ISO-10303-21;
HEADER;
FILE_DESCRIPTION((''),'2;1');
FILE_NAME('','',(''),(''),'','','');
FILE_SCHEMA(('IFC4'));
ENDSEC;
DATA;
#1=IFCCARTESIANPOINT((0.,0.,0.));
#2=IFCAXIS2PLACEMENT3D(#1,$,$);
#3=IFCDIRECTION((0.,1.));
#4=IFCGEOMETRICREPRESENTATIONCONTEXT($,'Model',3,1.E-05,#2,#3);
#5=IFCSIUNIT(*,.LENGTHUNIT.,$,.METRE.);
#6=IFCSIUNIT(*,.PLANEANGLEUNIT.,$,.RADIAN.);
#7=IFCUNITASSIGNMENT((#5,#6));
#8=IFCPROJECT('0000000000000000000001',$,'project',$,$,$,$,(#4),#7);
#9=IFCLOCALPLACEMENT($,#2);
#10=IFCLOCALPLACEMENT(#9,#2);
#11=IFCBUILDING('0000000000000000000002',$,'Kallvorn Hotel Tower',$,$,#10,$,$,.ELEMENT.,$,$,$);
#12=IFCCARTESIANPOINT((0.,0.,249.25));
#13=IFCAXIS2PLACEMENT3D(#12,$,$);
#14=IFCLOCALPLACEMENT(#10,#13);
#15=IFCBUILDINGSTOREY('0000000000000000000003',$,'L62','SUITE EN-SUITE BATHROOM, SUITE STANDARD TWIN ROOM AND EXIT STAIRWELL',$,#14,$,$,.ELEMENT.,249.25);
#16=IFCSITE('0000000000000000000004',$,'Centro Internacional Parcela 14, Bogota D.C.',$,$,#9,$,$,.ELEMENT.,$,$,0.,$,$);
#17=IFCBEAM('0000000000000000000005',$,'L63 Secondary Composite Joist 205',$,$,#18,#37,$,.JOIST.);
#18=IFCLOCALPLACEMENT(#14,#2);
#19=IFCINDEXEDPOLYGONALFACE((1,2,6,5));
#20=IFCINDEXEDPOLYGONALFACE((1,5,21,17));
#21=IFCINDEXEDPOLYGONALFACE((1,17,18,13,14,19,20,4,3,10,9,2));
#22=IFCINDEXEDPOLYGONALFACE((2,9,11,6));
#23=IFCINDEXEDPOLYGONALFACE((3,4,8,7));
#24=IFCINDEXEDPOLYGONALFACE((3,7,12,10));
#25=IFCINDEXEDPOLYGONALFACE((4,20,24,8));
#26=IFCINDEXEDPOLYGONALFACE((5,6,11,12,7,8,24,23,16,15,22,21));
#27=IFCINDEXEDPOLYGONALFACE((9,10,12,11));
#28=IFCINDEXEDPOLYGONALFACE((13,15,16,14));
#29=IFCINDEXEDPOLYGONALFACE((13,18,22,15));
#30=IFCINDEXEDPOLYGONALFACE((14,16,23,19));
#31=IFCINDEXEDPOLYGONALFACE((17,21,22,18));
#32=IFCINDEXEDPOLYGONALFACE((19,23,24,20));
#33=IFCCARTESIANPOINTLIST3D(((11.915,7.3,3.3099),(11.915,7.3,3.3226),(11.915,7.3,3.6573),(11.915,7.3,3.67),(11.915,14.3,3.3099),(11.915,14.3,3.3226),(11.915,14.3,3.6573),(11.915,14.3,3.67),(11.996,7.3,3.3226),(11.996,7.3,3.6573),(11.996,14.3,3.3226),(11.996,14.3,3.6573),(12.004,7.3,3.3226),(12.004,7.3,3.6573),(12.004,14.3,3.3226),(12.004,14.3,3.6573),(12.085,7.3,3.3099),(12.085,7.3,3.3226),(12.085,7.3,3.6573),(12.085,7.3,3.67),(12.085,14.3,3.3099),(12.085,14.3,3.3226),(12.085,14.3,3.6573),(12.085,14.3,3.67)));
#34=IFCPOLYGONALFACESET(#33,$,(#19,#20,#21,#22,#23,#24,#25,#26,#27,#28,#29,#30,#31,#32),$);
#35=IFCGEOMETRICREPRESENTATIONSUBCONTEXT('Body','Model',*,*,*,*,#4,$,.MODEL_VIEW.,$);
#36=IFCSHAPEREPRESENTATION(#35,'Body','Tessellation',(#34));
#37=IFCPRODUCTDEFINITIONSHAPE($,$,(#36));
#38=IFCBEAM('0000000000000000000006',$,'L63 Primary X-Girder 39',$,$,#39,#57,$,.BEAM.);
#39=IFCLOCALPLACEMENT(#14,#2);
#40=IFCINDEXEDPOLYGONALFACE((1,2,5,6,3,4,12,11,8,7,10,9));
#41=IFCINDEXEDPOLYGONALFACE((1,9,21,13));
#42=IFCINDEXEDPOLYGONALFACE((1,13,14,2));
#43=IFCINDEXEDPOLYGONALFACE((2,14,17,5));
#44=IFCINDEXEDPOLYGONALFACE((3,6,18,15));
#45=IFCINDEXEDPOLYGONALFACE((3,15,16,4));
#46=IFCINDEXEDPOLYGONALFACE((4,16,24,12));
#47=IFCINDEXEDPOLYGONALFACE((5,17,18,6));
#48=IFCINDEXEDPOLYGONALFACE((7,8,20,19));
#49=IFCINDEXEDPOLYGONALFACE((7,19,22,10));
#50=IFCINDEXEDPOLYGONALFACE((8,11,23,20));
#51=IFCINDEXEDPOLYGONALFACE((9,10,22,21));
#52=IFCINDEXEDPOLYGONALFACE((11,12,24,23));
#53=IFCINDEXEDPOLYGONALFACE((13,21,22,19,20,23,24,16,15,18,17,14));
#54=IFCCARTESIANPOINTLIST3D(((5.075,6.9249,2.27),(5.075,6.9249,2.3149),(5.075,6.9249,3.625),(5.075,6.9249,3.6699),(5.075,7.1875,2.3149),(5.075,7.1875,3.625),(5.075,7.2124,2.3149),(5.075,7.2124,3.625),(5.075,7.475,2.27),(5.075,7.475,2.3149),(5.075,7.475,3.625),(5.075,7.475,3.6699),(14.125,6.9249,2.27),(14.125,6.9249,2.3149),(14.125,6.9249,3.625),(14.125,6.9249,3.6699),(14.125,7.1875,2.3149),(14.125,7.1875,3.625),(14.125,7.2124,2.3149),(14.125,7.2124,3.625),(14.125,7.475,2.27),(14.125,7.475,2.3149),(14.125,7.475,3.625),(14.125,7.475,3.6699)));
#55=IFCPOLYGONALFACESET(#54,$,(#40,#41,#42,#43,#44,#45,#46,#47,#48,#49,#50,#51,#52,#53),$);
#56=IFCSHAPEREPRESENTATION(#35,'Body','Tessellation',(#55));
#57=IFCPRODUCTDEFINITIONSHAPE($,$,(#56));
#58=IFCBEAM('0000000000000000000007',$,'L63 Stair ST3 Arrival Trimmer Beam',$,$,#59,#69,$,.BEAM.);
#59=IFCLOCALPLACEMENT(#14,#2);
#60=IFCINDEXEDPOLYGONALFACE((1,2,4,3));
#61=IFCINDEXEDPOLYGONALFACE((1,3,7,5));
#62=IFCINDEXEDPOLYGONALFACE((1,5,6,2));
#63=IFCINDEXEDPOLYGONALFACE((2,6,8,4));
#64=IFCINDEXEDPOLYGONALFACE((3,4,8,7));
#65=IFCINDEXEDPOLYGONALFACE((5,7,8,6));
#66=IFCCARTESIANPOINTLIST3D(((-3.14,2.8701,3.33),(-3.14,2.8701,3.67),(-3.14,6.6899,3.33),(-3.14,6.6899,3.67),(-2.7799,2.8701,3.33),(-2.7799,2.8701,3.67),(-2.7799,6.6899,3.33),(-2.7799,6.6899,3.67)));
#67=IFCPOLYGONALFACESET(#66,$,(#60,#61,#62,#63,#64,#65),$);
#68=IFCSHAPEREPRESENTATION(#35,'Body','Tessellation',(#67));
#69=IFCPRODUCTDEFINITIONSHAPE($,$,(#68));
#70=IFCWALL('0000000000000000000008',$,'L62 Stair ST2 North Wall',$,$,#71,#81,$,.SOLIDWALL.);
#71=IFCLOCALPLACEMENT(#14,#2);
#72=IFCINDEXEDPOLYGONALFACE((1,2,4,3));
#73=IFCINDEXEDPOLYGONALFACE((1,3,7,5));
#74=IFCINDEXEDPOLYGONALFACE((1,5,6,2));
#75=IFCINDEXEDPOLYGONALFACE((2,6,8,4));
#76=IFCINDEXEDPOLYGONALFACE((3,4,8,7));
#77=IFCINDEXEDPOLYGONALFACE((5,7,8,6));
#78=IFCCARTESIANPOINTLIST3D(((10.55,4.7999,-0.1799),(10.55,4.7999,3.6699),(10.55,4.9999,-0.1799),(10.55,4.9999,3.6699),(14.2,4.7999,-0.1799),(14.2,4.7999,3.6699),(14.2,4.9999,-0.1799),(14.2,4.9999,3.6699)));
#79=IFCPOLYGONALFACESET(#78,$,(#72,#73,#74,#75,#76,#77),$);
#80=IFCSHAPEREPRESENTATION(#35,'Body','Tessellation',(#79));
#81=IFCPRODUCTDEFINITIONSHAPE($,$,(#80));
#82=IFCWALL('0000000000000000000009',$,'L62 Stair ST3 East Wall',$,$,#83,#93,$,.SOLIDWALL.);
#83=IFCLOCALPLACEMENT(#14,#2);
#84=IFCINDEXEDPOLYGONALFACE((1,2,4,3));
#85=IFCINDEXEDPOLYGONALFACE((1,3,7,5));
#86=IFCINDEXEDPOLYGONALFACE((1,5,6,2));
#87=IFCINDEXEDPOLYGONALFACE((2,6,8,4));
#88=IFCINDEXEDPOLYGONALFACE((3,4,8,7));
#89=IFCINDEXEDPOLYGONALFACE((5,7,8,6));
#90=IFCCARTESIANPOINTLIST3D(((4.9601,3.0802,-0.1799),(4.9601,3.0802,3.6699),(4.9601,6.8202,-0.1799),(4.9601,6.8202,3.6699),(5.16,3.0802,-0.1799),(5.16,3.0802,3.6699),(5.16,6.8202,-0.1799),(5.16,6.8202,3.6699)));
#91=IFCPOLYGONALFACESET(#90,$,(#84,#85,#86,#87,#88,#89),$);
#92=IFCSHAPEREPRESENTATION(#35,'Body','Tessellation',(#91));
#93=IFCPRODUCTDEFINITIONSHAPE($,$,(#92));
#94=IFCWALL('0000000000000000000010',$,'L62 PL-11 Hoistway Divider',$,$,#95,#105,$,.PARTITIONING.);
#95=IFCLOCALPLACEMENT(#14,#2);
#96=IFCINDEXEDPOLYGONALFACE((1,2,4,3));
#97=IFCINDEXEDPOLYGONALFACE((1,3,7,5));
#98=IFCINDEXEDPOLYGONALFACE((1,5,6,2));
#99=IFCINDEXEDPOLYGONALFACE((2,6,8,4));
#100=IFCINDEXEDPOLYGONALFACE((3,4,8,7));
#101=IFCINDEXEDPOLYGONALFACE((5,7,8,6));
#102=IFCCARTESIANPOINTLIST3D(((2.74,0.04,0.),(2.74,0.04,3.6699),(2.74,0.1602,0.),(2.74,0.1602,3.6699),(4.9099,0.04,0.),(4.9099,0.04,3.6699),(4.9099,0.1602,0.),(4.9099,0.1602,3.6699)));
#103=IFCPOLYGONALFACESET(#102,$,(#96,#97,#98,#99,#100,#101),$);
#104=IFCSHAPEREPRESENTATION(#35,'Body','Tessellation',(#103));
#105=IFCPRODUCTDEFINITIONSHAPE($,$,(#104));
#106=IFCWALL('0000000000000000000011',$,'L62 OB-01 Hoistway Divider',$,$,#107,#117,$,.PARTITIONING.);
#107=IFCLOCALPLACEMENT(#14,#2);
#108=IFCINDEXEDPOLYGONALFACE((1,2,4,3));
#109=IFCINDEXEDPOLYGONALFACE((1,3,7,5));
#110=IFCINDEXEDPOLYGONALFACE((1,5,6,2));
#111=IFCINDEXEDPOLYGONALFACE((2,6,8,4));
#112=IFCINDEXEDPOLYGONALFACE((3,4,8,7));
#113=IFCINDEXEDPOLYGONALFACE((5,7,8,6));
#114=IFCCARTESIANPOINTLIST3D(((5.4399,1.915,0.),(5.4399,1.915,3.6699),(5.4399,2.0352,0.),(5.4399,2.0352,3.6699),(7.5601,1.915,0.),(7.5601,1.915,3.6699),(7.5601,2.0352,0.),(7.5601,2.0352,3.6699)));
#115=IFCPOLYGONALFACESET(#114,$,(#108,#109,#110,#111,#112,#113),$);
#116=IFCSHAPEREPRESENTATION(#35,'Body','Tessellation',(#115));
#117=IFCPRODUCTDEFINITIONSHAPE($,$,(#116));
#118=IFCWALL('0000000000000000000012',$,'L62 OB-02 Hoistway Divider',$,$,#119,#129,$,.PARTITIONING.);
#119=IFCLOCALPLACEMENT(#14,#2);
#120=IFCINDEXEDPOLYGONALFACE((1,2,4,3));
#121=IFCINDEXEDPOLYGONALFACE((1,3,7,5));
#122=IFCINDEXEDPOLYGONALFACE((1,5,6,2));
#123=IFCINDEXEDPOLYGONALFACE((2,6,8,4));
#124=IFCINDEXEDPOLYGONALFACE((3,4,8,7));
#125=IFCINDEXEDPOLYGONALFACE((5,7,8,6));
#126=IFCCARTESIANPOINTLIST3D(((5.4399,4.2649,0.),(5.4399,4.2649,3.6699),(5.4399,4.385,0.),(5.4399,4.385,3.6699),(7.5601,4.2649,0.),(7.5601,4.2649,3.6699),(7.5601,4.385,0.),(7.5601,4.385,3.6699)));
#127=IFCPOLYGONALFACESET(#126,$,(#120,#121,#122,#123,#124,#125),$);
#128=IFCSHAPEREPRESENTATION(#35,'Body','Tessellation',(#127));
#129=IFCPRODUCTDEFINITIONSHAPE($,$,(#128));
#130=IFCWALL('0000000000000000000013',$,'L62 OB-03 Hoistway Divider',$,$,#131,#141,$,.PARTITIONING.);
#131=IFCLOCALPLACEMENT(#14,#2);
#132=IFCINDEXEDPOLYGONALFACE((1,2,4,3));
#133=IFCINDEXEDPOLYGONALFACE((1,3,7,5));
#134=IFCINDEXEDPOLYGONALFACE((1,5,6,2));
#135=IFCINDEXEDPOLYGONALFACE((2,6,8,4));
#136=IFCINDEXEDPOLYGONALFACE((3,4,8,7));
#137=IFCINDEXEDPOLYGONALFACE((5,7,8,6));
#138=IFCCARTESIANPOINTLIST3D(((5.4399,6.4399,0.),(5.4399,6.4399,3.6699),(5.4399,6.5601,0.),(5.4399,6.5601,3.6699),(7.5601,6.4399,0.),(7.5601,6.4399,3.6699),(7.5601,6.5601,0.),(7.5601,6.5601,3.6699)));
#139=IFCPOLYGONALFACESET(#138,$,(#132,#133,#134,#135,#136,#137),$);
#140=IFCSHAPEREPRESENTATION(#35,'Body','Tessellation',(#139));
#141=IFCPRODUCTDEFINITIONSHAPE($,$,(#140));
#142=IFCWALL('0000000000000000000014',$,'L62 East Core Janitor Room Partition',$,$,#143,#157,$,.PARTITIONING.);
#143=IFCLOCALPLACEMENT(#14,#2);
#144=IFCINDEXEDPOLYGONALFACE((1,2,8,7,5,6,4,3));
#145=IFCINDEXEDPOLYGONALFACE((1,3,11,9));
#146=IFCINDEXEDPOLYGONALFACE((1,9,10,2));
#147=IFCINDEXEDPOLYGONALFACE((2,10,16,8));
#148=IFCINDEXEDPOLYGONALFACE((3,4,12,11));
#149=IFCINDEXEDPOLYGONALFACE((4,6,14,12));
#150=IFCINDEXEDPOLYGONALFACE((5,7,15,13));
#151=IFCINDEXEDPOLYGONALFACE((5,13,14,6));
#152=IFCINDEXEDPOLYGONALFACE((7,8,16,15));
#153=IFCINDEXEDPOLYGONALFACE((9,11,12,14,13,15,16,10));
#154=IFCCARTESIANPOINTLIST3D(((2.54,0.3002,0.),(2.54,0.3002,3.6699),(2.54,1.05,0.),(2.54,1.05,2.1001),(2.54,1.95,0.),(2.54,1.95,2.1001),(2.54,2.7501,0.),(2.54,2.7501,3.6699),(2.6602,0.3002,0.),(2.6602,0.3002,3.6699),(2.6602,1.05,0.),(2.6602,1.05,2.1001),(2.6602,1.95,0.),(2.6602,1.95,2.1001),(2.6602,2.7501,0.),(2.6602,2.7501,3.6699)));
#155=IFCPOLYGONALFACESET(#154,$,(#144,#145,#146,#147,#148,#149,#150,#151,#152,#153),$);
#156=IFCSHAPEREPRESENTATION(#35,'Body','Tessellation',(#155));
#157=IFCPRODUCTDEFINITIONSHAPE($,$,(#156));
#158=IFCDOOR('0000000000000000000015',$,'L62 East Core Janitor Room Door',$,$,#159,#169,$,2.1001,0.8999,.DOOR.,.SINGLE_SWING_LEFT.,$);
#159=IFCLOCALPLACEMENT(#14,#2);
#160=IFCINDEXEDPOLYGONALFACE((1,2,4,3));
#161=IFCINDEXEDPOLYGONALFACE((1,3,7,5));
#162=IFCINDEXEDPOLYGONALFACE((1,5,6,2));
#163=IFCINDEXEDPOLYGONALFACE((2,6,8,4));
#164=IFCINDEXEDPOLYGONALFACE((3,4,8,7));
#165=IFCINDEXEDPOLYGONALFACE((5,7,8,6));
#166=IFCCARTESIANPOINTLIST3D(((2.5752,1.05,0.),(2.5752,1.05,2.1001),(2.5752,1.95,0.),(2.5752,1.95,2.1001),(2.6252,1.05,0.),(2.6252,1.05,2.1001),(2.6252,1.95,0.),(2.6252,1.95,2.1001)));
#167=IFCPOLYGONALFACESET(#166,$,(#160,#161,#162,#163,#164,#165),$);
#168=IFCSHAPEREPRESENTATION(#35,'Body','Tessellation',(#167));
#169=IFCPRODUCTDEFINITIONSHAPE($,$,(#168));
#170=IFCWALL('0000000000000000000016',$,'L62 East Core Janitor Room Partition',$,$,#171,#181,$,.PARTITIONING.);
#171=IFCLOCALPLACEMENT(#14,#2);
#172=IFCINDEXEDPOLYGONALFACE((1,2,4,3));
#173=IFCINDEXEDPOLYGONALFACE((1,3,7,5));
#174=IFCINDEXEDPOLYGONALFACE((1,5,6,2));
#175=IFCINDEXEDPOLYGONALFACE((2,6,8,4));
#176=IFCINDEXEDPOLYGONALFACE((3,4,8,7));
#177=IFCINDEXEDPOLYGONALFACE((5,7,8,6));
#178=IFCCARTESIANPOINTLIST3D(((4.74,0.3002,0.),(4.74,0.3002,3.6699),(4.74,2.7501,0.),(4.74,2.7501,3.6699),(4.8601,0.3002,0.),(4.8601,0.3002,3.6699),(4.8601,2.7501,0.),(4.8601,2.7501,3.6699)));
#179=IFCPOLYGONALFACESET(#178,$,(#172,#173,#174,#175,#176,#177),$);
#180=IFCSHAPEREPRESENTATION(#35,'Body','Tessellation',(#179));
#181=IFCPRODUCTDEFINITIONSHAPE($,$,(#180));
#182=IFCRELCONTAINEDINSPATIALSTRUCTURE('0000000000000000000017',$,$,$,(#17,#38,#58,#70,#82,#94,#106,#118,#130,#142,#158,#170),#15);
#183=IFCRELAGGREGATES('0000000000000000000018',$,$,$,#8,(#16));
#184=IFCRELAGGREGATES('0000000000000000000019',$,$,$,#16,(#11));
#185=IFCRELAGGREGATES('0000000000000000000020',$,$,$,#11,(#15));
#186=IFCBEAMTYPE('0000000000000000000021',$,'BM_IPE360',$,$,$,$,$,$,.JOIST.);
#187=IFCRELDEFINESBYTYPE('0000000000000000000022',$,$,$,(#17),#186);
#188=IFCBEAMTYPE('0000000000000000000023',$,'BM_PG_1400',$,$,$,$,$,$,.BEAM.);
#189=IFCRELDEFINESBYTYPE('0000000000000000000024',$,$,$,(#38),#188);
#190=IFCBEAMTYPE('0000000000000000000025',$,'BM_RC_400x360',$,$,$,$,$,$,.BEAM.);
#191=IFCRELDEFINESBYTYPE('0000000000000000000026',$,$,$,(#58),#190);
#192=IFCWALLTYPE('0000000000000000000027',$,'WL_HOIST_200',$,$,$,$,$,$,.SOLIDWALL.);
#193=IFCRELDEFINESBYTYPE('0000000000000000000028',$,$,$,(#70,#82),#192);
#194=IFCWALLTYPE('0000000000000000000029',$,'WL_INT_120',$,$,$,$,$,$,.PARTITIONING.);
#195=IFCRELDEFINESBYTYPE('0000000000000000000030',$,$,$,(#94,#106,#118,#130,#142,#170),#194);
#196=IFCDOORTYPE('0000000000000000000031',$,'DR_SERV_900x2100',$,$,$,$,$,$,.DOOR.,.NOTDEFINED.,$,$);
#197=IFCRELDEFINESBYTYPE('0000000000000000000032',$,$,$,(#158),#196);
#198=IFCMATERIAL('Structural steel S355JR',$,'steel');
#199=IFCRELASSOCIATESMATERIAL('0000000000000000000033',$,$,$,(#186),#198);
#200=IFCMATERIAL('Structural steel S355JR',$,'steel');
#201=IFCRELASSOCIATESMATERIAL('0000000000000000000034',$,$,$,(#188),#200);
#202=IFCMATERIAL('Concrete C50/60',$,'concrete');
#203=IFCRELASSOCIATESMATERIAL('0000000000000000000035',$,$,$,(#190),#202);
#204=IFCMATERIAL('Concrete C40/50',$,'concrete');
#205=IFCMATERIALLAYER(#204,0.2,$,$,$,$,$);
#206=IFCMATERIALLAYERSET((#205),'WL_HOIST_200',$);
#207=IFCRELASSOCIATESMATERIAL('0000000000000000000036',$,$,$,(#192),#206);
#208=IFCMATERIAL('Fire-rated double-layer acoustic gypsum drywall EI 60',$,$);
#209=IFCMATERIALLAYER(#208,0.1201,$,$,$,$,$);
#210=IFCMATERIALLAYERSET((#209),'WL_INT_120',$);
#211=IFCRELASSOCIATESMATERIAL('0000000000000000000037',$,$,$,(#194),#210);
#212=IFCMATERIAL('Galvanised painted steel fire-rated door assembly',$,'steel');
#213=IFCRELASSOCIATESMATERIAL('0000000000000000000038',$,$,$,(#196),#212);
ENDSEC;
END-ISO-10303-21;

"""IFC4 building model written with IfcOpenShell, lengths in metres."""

from ifc_helpers import new_model, si_unit, direction, frame, frame_2d, origin, origin_2d, place, context, subcontext, project, spatial, rectangle, i_section, extrude, material, layer, layer_set, material_profile, profile_set, type_object, element, fill, save


model = new_model("IFC4")

# Units and contexts
model_context = context("Model", 3, precision=1e-05, world=origin(), true_north=direction((0.0, 1.0)))
body_context = subcontext(model_context, "Body", "Model", "MODEL_VIEW")
ifc_project = project(units=[si_unit("LENGTHUNIT", "METRE"), si_unit("PLANEANGLEUNIT", "RADIAN")], contexts=[model_context])

# Site, building, storey
site_placement = place(None, origin())
site = spatial("IfcSite", under=ifc_project, at=site_placement, Name="Centro Internacional Parcela 14, Bogota D.C.", CompositionType="ELEMENT", RefElevation=0.0)
building_placement = place(site_placement, origin())
building = spatial("IfcBuilding", under=site, at=building_placement, Name="Kallvorn Hotel Tower", CompositionType="ELEMENT")
storey_placement = place(building_placement, frame((0.0, 0.0, 249.25)))
storey = spatial("IfcBuildingStorey", under=building, at=storey_placement, Name="L62", Description="SUITE EN-SUITE BATHROOM, SUITE STANDARD TWIN ROOM AND EXIT STAIRWELL", CompositionType="ELEMENT", Elevation=249.25)

# Beams
ifc_material_1 = material(Name="Structural steel S355JR", Category="steel")
ifc_material_profile_1 = material_profile(ifc_material_1, i_section(OverallWidth=0.1699, OverallDepth=0.3601, WebThickness=0.0081, FlangeThickness=0.0127, at=origin_2d()), Name="IPE 360")
ifc_profile_set_1 = profile_set([ifc_material_profile_1], Name="Structural steel S355JR")
beam_type_1 = type_object("IfcBeamType", Name="BM_IPE360", PredefinedType="JOIST", material=ifc_profile_set_1)
for number, where, z_axis, x_axis, name in (
    (1, (12.0, 7.3, 3.49), (0.0, 1.0, 0.0), (-1.0, 0.0, 0.0), "L63 Secondary Composite Joist 205"),
):
    element("IfcBeam", number, at=place(storey_placement, frame(where, z_axis=z_axis, x_axis=x_axis)), inside=storey, type_object=beam_type_1, Name=name, PredefinedType="JOIST", context=body_context, shape_type="SweptSolid", body=[
        extrude(i_section(OverallWidth=0.1699, OverallDepth=0.3601, WebThickness=0.0081, FlangeThickness=0.0127, at=origin_2d()), origin(), (0.0, 0.0, 1.0), 7.0),
    ])
ifc_material_2 = material(Name="Structural steel S355JR", Category="steel")
ifc_material_profile_2 = material_profile(ifc_material_2, i_section(OverallWidth=0.55, OverallDepth=1.3999, WebThickness=0.0249, FlangeThickness=0.0449, at=origin_2d()), Name="PG 1400x550x25x45")
ifc_profile_set_2 = profile_set([ifc_material_profile_2], Name="Structural steel S355JR")
beam_type_2 = type_object("IfcBeamType", Name="BM_PG_1400", PredefinedType="BEAM", material=ifc_profile_set_2)
beam_1_placement = place(storey_placement, frame((5.075, 7.2, 2.97), z_axis=(1.0, 0.0, 0.0), x_axis=(0.0, 1.0, 0.0)))
element("IfcBeam", 2, at=beam_1_placement, inside=storey, type_object=beam_type_2, Name="L63 Primary X-Girder 39", PredefinedType="BEAM", context=body_context, shape_type="SweptSolid", body=[
    extrude(i_section(OverallWidth=0.55, OverallDepth=1.3999, WebThickness=0.0249, FlangeThickness=0.0449, at=origin_2d()), origin(), (0.0, 0.0, 1.0), 9.05),
])
ifc_material_3 = material(Name="Concrete C50/60", Category="concrete")
ifc_material_profile_3 = material_profile(ifc_material_3, rectangle(XDim=0.3601, YDim=0.3401, at=origin_2d()), Name="RC 360x340")
ifc_profile_set_3 = profile_set([ifc_material_profile_3], Name="Concrete C50/60")
beam_type_3 = type_object("IfcBeamType", Name="BM_RC_400x360", PredefinedType="BEAM", material=ifc_profile_set_3)
beam_2_placement = place(storey_placement, frame((-2.96, 2.8701, 3.5), z_axis=(0.0, 1.0, 0.0), x_axis=(-1.0, 0.0, 0.0)))
element("IfcBeam", 3, at=beam_2_placement, inside=storey, type_object=beam_type_3, Name="L63 Stair ST3 Arrival Trimmer Beam", PredefinedType="BEAM", context=body_context, shape_type="SweptSolid", body=[
    extrude(rectangle(XDim=0.3601, YDim=0.3401, at=origin_2d()), origin(), (0.0, 0.0, 1.0), 3.8198),
])

# Walls
ifc_material_4 = material(Name="Concrete C40/50", Category="concrete")
ifc_layer_1 = layer(ifc_material_4, 0.2)
ifc_layer_set_1 = layer_set([ifc_layer_1], Name="WL_HOIST_200")
wall_type_1 = type_object("IfcWallType", Name="WL_HOIST_200", PredefinedType="SOLIDWALL", material=ifc_layer_set_1)
wall_1_placement = place(storey_placement, frame((10.55, 4.8999, -0.1799), z_axis=(0.0, 0.0, 1.0), x_axis=(1.0, 0.0, 0.0)))
element("IfcWall", 4, at=wall_1_placement, inside=storey, type_object=wall_type_1, Name="L62 Stair ST2 North Wall", PredefinedType="SOLIDWALL", context=body_context, shape_type="SweptSolid", body=[
    extrude(rectangle(XDim=3.6499, YDim=0.2, at=frame_2d((1.825, 0.0))), origin(), (0.0, 0.0, 1.0), 3.8499),
])
wall_2_placement = place(storey_placement, frame((5.0601, 3.0801, -0.1799), z_axis=(0.0, 0.0, 1.0), x_axis=(0.0, 1.0, 0.0)))
element("IfcWall", 5, at=wall_2_placement, inside=storey, type_object=wall_type_1, Name="L62 Stair ST3 East Wall", PredefinedType="SOLIDWALL", context=body_context, shape_type="SweptSolid", body=[
    extrude(rectangle(XDim=3.74, YDim=0.2, at=frame_2d((1.8701, 0.0))), origin(), (0.0, 0.0, 1.0), 3.8499),
])
ifc_material_5 = material(Name="Fire-rated double-layer acoustic gypsum drywall EI 60")
ifc_layer_2 = layer(ifc_material_5, 0.1201)
ifc_layer_set_2 = layer_set([ifc_layer_2], Name="WL_INT_120")
wall_type_2 = type_object("IfcWallType", Name="WL_INT_120", PredefinedType="PARTITIONING", material=ifc_layer_set_2)
wall_3_placement = place(storey_placement, frame((2.74, 0.1001, 0.0), z_axis=(0.0, 0.0, 1.0), x_axis=(1.0, 0.0, 0.0)))
element("IfcWall", 6, at=wall_3_placement, inside=storey, type_object=wall_type_2, Name="L62 PL-11 Hoistway Divider", PredefinedType="PARTITIONING", context=body_context, shape_type="SweptSolid", body=[
    extrude(rectangle(XDim=2.1699, YDim=0.1201, at=frame_2d((1.085, 0.0))), origin(), (0.0, 0.0, 1.0), 3.6699),
])
for number, where, z_axis, x_axis, name in (
    (7, (5.4399, 1.9751, 0.0), (0.0, 0.0, 1.0), (1.0, 0.0, 0.0), "L62 OB-01 Hoistway Divider"),
    (8, (5.4399, 4.325, 0.0), (0.0, 0.0, 1.0), (1.0, 0.0, 0.0), "L62 OB-02 Hoistway Divider"),
    (9, (5.4399, 6.5, 0.0), (0.0, 0.0, 1.0), (1.0, 0.0, 0.0), "L62 OB-03 Hoistway Divider"),
):
    element("IfcWall", number, at=place(storey_placement, frame(where, z_axis=z_axis, x_axis=x_axis)), inside=storey, type_object=wall_type_2, Name=name, PredefinedType="PARTITIONING", context=body_context, shape_type="SweptSolid", body=[
        extrude(rectangle(XDim=2.1201, YDim=0.1201, at=frame_2d((1.0601, 0.0))), origin(), (0.0, 0.0, 1.0), 3.6699),
    ])

# Wall, opening, door
wall_4_placement = place(storey_placement, frame((2.6001, 0.3, 0.0), z_axis=(0.0, 0.0, 1.0), x_axis=(0.0, 1.0, 0.0)))
wall_4 = element("IfcWall", 10, at=wall_4_placement, inside=storey, type_object=wall_type_2, Name="L62 East Core Janitor Room Partition", PredefinedType="PARTITIONING", context=body_context, shape_type="SweptSolid", body=[
    extrude(rectangle(XDim=2.45, YDim=0.1201, at=frame_2d((1.2251, 0.0))), origin(), (0.0, 0.0, 1.0), 3.6699),
])
opening_1_placement = place(wall_4_placement, frame((0.75, 0.0, 0.0)))
opening_1 = element("IfcOpeningElement", 11, at=opening_1_placement, cuts=wall_4, PredefinedType="OPENING", context=body_context, shape_type="SweptSolid", body=[
    extrude(rectangle(XDim=0.8999, YDim=2.1001, at=frame_2d((0.45, 1.05))), frame((0.0, 0.075, 0.0), z_axis=(0.0, -1.0, 0.0), x_axis=(1.0, 0.0, 0.0)), (0.0, 0.0, 1.0), 0.1501),
])
ifc_material_6 = material(Name="Galvanised painted steel fire-rated door assembly", Category="steel")
door_type_1 = type_object("IfcDoorType", Name="DR_SERV_900x2100", OperationType="NOTDEFINED", PredefinedType="DOOR", material=ifc_material_6)
door_1_placement = place(opening_1_placement, origin())
door_1 = element("IfcDoor", 12, at=door_1_placement, inside=storey, type_object=door_type_1, Name="L62 East Core Janitor Room Door", OperationType="SINGLE_SWING_LEFT", OverallHeight=2.1001, OverallWidth=0.8999, PredefinedType="DOOR", context=body_context, shape_type="SweptSolid", body=[
    extrude(rectangle(XDim=0.8999, YDim=2.1001, at=frame_2d((0.45, 1.05))), frame((0.0, 0.0249, 0.0), z_axis=(0.0, -1.0, 0.0), x_axis=(1.0, 0.0, 0.0)), (0.0, 0.0, 1.0), 0.05),
])
fill(opening_1, door_1)

# Wall
wall_5_placement = place(storey_placement, frame((4.8, 0.3, 0.0), z_axis=(0.0, 0.0, 1.0), x_axis=(0.0, 1.0, 0.0)))
element("IfcWall", 13, at=wall_5_placement, inside=storey, type_object=wall_type_2, Name="L62 East Core Janitor Room Partition", PredefinedType="PARTITIONING", context=body_context, shape_type="SweptSolid", body=[
    extrude(rectangle(XDim=2.45, YDim=0.1201, at=frame_2d((1.2251, 0.0))), origin(), (0.0, 0.0, 1.0), 3.6699),
])

save(model, "model.ifc")
